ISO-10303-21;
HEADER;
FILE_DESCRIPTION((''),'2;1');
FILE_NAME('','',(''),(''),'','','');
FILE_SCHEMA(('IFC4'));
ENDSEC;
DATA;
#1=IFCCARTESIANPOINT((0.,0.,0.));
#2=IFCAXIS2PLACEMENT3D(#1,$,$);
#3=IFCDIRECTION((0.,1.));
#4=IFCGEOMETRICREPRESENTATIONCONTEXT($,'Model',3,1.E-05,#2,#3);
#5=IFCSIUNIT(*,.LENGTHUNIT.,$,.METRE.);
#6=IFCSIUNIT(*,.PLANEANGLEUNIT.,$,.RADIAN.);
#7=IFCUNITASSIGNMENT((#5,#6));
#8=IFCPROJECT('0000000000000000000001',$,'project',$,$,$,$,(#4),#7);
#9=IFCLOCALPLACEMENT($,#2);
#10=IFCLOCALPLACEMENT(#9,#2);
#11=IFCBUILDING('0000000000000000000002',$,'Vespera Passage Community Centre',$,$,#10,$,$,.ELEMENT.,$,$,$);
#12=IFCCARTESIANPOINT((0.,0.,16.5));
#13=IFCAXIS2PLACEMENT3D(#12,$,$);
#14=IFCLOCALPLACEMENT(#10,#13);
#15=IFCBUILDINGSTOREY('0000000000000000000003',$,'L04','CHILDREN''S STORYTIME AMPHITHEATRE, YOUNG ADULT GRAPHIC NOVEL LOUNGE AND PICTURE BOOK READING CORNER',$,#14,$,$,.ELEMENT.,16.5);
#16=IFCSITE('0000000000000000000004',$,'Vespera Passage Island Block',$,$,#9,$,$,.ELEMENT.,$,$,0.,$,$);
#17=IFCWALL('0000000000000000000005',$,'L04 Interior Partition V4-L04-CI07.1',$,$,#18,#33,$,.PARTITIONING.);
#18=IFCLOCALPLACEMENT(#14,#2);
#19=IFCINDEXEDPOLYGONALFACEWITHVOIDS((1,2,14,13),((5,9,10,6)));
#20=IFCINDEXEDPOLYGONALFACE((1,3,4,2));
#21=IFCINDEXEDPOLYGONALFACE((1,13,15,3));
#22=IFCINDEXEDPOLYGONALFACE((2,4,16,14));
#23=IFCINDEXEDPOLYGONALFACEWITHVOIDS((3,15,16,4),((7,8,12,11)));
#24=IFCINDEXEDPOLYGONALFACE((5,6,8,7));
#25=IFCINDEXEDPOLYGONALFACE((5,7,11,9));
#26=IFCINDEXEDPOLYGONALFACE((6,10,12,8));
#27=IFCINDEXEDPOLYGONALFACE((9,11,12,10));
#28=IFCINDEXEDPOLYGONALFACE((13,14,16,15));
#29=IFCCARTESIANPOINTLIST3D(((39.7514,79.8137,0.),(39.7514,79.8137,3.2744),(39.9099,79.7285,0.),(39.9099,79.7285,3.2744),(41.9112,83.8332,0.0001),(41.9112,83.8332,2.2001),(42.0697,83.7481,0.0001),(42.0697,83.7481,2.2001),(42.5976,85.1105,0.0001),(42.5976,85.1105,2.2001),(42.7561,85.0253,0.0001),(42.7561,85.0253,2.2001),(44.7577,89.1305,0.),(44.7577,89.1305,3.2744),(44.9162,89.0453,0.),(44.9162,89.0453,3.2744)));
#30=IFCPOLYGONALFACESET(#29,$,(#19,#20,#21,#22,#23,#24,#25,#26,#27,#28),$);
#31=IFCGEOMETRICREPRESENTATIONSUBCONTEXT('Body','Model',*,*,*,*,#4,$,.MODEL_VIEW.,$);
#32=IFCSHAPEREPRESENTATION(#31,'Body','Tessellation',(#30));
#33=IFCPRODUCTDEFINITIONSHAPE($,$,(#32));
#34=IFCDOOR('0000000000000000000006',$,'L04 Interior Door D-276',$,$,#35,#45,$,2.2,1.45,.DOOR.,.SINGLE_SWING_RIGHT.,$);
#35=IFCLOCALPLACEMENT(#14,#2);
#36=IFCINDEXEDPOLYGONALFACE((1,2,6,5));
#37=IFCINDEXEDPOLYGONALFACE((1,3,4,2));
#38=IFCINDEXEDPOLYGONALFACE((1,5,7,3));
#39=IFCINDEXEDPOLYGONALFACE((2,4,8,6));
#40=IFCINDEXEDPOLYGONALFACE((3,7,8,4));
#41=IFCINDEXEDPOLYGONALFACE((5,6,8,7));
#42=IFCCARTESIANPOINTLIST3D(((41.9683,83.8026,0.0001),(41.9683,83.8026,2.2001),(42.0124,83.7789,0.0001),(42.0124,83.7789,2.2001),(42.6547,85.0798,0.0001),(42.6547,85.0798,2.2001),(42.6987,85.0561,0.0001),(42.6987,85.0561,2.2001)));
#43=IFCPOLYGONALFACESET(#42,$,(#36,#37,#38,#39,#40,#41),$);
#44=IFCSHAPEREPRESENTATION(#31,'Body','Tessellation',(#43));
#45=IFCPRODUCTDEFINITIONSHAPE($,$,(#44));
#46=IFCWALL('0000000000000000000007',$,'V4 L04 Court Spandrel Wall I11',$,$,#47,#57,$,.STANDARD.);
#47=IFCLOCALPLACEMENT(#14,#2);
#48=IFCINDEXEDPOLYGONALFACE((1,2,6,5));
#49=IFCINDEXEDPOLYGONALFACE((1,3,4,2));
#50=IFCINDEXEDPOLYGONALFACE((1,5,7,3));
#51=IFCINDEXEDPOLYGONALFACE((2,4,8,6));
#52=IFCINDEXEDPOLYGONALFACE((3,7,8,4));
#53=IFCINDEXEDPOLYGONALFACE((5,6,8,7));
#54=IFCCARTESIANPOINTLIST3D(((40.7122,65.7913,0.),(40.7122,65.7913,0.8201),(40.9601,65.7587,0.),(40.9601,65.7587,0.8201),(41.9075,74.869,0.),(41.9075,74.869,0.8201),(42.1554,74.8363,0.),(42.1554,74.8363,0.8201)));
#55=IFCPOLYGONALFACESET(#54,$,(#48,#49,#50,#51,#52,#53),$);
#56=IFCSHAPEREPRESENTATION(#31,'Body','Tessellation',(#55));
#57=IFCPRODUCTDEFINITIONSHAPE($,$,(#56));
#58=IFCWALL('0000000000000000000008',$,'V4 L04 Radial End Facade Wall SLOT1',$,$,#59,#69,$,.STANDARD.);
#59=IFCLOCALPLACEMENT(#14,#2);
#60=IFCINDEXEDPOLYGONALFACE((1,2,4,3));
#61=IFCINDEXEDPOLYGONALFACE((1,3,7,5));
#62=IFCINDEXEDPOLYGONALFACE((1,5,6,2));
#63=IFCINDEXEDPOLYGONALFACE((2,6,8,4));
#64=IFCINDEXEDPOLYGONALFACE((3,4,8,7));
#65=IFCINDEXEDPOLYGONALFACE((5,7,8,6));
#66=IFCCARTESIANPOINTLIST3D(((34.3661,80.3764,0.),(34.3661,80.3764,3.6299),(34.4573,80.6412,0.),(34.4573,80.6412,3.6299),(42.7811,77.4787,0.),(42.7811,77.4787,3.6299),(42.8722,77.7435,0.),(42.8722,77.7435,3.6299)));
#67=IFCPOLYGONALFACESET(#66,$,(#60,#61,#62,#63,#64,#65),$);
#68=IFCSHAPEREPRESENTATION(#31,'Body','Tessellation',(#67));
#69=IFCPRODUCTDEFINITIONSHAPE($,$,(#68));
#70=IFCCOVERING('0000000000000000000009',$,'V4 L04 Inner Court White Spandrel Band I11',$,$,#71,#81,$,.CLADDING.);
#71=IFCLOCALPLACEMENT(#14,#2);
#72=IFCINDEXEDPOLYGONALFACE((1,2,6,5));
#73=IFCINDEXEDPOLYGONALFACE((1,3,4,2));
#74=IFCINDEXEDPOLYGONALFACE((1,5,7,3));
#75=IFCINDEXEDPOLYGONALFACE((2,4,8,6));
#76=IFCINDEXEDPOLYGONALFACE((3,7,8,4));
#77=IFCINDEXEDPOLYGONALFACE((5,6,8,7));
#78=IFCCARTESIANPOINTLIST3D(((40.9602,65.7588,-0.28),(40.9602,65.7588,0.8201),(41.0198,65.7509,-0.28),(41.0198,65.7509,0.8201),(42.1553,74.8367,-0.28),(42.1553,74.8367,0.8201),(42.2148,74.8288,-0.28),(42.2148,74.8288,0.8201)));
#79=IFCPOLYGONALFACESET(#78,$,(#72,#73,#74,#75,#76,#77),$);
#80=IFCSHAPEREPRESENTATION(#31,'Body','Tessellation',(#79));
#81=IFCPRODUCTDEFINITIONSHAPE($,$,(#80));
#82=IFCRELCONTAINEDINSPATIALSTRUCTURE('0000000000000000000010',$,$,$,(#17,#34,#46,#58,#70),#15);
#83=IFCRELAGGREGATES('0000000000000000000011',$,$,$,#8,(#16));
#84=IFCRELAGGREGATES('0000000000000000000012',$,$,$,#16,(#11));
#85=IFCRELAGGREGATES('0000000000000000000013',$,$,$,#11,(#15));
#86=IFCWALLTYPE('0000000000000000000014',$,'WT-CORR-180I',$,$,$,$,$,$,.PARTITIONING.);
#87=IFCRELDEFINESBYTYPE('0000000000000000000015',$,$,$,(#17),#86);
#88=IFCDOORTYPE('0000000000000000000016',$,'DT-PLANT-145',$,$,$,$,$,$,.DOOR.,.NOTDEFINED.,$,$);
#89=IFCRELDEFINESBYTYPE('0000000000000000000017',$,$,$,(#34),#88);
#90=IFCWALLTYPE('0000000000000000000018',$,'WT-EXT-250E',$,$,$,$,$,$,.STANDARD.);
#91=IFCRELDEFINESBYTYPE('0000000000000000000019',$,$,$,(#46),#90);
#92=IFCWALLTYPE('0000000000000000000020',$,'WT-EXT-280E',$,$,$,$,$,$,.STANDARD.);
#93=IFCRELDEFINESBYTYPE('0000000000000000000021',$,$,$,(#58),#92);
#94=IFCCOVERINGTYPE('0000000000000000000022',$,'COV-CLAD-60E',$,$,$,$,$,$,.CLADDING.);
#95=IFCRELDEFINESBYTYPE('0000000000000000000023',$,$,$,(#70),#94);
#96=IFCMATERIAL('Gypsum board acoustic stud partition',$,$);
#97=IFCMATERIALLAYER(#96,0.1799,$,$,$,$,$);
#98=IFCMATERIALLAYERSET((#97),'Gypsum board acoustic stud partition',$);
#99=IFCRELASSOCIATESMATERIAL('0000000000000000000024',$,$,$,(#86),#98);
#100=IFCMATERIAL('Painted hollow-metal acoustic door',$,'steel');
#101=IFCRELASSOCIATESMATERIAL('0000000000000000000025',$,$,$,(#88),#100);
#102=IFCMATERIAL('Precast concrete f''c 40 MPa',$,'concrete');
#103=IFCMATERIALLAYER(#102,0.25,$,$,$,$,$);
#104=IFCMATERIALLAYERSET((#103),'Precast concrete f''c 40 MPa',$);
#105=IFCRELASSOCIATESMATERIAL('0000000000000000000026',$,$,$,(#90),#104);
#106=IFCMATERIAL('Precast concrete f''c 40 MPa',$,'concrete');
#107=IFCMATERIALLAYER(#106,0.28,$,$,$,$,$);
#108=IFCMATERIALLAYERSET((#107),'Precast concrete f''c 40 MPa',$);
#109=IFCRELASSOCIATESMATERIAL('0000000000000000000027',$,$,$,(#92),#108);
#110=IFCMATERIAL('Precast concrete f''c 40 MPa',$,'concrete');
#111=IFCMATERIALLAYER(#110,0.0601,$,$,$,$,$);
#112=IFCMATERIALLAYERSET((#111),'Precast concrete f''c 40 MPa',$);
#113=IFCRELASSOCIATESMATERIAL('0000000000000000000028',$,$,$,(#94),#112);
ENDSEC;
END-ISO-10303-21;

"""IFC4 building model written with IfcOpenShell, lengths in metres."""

from ifc_helpers import new_model, si_unit, direction, frame, frame_2d, origin, place, context, subcontext, project, spatial, rectangle, extrude, material, layer, layer_set, type_object, element, fill, save


model = new_model("IFC4")

# Units and contexts
model_context = context("Model", 3, precision=1e-05, world=origin(), true_north=direction((0.0, 1.0)))
body_context = subcontext(model_context, "Body", "Model", "MODEL_VIEW")
ifc_project = project(units=[si_unit("LENGTHUNIT", "METRE"), si_unit("PLANEANGLEUNIT", "RADIAN")], contexts=[model_context])

# Site, building, storey
site_placement = place(None, origin())
site = spatial("IfcSite", under=ifc_project, at=site_placement, Name="Vespera Passage Island Block", CompositionType="ELEMENT", RefElevation=0.0)
building_placement = place(site_placement, origin())
building = spatial("IfcBuilding", under=site, at=building_placement, Name="Vespera Passage Community Centre", CompositionType="ELEMENT")
storey_placement = place(building_placement, frame((0.0, 0.0, 16.5)))
storey = spatial("IfcBuildingStorey", under=building, at=storey_placement, Name="L04", Description="CHILDREN'S STORYTIME AMPHITHEATRE, YOUNG ADULT GRAPHIC NOVEL LOUNGE AND PICTURE BOOK READING CORNER", CompositionType="ELEMENT", Elevation=16.5)

# Wall, opening, door
ifc_material_1 = material(Name="Gypsum board acoustic stud partition")
ifc_layer_1 = layer(ifc_material_1, 0.1799)
ifc_layer_set_1 = layer_set([ifc_layer_1], Name="Gypsum board acoustic stud partition")
wall_type_1 = type_object("IfcWallType", Name="WT-CORR-180I", PredefinedType="PARTITIONING", material=ifc_layer_set_1)
wall_1_placement = place(storey_placement, frame((44.8369, 89.0879, 0.0), z_axis=(0.0, 0.0, 1.0), x_axis=(-0.473334, -0.880883, 0.0)))
wall_1 = element("IfcWall", 1, at=wall_1_placement, inside=storey, type_object=wall_type_1, Name="L04 Interior Partition V4-L04-CI07.1", PredefinedType="PARTITIONING", context=body_context, shape_type="SweptSolid", body=[
    extrude(rectangle(XDim=10.5767, YDim=0.1799, at=frame_2d((5.2883, 0.0))), origin(), (0.0, 0.0, 1.0), 3.2744),
])
opening_placement = place(wall_1_placement, frame((4.5635, 0.0, 0.0)))
opening = element("IfcOpeningElement", 2, at=opening_placement, cuts=wall_1, PredefinedType="OPENING", context=body_context, shape_type="SweptSolid", body=[
    extrude(rectangle(XDim=1.45, YDim=2.2, at=frame_2d((0.7251, 1.1001))), frame((0.0, 0.0999, 0.0), z_axis=(0.0, -1.0, 0.0), x_axis=(1.0, 0.0, 0.0)), (0.0, 0.0, 1.0), 0.2),
])
ifc_material_2 = material(Name="Painted hollow-metal acoustic door", Category="steel")
door_type = type_object("IfcDoorType", Name="DT-PLANT-145", OperationType="NOTDEFINED", PredefinedType="DOOR", material=ifc_material_2)
door_placement = place(opening_placement, origin())
door = element("IfcDoor", 3, at=door_placement, inside=storey, type_object=door_type, Name="L04 Interior Door D-276", OperationType="SINGLE_SWING_RIGHT", OverallHeight=2.2, OverallWidth=1.45, PredefinedType="DOOR", context=body_context, shape_type="SweptSolid", body=[
    extrude(rectangle(XDim=1.45, YDim=2.2, at=frame_2d((0.7251, 1.1001))), frame((0.0, 0.0249, 0.0), z_axis=(0.0, -1.0, 0.0), x_axis=(1.0, 0.0, 0.0)), (0.0, 0.0, 1.0), 0.05),
])
fill(opening, door)

# Walls
ifc_material_3 = material(Name="Precast concrete f'c 40 MPa", Category="concrete")
ifc_layer_2 = layer(ifc_material_3, 0.25)
ifc_layer_set_2 = layer_set([ifc_layer_2], Name="Precast concrete f'c 40 MPa")
wall_type_2 = type_object("IfcWallType", Name="WT-EXT-250E", PredefinedType="STANDARD", material=ifc_layer_set_2)
wall_2_placement = place(storey_placement, frame((42.0315, 74.8528, 0.0), z_axis=(0.0, 0.0, 1.0), x_axis=(-0.13055, -0.991442, 0.0)))
element("IfcWall", 4, at=wall_2_placement, inside=storey, type_object=wall_type_2, Name="V4 L04 Court Spandrel Wall I11", PredefinedType="STANDARD", context=body_context, shape_type="SweptSolid", body=[
    extrude(rectangle(XDim=9.156, YDim=0.25, at=frame_2d((4.5781, 0.0))), origin(), (0.0, 0.0, 1.0), 0.8201),
])
ifc_material_4 = material(Name="Precast concrete f'c 40 MPa", Category="concrete")
ifc_layer_3 = layer(ifc_material_4, 0.28)
ifc_layer_set_3 = layer_set([ifc_layer_3], Name="Precast concrete f'c 40 MPa")
wall_type_3 = type_object("IfcWallType", Name="WT-EXT-280E", PredefinedType="STANDARD", material=ifc_layer_set_3)
wall_3_placement = place(storey_placement, frame((42.8267, 77.6111, 0.0), z_axis=(0.0, 0.0, 1.0), x_axis=(-0.945513, 0.325586, 0.0)))
element("IfcWall", 5, at=wall_3_placement, inside=storey, type_object=wall_type_3, Name="V4 L04 Radial End Facade Wall SLOT1", PredefinedType="STANDARD", context=body_context, shape_type="SweptSolid", body=[
    extrude(rectangle(XDim=8.8999, YDim=0.28, at=frame_2d((4.45, 0.0))), origin(), (0.0, 0.0, 1.0), 3.6299),
])

# Covering
ifc_material_5 = material(Name="Precast concrete f'c 40 MPa", Category="concrete")
ifc_layer_4 = layer(ifc_material_5, 0.0601)
ifc_layer_set_4 = layer_set([ifc_layer_4], Name="Precast concrete f'c 40 MPa")
covering_type = type_object("IfcCoveringType", Name="COV-CLAD-60E", PredefinedType="CLADDING", material=ifc_layer_set_4)
covering_placement = place(storey_placement, frame((42.1851, 74.8328, -0.28), z_axis=(0.0, 0.0, 1.0), x_axis=(-0.13052, -0.991446, 0.0)))
element("IfcCovering", 6, at=covering_placement, inside=storey, type_object=covering_type, Name="V4 L04 Inner Court White Spandrel Band I11", PredefinedType="CLADDING", context=body_context, shape_type="SweptSolid", body=[
    extrude(rectangle(XDim=9.1562, YDim=0.0601, at=frame_2d((4.5781, 0.0))), origin(), (0.0, 0.0, 1.0), 1.1001),
])

save(model, "model.ifc")
